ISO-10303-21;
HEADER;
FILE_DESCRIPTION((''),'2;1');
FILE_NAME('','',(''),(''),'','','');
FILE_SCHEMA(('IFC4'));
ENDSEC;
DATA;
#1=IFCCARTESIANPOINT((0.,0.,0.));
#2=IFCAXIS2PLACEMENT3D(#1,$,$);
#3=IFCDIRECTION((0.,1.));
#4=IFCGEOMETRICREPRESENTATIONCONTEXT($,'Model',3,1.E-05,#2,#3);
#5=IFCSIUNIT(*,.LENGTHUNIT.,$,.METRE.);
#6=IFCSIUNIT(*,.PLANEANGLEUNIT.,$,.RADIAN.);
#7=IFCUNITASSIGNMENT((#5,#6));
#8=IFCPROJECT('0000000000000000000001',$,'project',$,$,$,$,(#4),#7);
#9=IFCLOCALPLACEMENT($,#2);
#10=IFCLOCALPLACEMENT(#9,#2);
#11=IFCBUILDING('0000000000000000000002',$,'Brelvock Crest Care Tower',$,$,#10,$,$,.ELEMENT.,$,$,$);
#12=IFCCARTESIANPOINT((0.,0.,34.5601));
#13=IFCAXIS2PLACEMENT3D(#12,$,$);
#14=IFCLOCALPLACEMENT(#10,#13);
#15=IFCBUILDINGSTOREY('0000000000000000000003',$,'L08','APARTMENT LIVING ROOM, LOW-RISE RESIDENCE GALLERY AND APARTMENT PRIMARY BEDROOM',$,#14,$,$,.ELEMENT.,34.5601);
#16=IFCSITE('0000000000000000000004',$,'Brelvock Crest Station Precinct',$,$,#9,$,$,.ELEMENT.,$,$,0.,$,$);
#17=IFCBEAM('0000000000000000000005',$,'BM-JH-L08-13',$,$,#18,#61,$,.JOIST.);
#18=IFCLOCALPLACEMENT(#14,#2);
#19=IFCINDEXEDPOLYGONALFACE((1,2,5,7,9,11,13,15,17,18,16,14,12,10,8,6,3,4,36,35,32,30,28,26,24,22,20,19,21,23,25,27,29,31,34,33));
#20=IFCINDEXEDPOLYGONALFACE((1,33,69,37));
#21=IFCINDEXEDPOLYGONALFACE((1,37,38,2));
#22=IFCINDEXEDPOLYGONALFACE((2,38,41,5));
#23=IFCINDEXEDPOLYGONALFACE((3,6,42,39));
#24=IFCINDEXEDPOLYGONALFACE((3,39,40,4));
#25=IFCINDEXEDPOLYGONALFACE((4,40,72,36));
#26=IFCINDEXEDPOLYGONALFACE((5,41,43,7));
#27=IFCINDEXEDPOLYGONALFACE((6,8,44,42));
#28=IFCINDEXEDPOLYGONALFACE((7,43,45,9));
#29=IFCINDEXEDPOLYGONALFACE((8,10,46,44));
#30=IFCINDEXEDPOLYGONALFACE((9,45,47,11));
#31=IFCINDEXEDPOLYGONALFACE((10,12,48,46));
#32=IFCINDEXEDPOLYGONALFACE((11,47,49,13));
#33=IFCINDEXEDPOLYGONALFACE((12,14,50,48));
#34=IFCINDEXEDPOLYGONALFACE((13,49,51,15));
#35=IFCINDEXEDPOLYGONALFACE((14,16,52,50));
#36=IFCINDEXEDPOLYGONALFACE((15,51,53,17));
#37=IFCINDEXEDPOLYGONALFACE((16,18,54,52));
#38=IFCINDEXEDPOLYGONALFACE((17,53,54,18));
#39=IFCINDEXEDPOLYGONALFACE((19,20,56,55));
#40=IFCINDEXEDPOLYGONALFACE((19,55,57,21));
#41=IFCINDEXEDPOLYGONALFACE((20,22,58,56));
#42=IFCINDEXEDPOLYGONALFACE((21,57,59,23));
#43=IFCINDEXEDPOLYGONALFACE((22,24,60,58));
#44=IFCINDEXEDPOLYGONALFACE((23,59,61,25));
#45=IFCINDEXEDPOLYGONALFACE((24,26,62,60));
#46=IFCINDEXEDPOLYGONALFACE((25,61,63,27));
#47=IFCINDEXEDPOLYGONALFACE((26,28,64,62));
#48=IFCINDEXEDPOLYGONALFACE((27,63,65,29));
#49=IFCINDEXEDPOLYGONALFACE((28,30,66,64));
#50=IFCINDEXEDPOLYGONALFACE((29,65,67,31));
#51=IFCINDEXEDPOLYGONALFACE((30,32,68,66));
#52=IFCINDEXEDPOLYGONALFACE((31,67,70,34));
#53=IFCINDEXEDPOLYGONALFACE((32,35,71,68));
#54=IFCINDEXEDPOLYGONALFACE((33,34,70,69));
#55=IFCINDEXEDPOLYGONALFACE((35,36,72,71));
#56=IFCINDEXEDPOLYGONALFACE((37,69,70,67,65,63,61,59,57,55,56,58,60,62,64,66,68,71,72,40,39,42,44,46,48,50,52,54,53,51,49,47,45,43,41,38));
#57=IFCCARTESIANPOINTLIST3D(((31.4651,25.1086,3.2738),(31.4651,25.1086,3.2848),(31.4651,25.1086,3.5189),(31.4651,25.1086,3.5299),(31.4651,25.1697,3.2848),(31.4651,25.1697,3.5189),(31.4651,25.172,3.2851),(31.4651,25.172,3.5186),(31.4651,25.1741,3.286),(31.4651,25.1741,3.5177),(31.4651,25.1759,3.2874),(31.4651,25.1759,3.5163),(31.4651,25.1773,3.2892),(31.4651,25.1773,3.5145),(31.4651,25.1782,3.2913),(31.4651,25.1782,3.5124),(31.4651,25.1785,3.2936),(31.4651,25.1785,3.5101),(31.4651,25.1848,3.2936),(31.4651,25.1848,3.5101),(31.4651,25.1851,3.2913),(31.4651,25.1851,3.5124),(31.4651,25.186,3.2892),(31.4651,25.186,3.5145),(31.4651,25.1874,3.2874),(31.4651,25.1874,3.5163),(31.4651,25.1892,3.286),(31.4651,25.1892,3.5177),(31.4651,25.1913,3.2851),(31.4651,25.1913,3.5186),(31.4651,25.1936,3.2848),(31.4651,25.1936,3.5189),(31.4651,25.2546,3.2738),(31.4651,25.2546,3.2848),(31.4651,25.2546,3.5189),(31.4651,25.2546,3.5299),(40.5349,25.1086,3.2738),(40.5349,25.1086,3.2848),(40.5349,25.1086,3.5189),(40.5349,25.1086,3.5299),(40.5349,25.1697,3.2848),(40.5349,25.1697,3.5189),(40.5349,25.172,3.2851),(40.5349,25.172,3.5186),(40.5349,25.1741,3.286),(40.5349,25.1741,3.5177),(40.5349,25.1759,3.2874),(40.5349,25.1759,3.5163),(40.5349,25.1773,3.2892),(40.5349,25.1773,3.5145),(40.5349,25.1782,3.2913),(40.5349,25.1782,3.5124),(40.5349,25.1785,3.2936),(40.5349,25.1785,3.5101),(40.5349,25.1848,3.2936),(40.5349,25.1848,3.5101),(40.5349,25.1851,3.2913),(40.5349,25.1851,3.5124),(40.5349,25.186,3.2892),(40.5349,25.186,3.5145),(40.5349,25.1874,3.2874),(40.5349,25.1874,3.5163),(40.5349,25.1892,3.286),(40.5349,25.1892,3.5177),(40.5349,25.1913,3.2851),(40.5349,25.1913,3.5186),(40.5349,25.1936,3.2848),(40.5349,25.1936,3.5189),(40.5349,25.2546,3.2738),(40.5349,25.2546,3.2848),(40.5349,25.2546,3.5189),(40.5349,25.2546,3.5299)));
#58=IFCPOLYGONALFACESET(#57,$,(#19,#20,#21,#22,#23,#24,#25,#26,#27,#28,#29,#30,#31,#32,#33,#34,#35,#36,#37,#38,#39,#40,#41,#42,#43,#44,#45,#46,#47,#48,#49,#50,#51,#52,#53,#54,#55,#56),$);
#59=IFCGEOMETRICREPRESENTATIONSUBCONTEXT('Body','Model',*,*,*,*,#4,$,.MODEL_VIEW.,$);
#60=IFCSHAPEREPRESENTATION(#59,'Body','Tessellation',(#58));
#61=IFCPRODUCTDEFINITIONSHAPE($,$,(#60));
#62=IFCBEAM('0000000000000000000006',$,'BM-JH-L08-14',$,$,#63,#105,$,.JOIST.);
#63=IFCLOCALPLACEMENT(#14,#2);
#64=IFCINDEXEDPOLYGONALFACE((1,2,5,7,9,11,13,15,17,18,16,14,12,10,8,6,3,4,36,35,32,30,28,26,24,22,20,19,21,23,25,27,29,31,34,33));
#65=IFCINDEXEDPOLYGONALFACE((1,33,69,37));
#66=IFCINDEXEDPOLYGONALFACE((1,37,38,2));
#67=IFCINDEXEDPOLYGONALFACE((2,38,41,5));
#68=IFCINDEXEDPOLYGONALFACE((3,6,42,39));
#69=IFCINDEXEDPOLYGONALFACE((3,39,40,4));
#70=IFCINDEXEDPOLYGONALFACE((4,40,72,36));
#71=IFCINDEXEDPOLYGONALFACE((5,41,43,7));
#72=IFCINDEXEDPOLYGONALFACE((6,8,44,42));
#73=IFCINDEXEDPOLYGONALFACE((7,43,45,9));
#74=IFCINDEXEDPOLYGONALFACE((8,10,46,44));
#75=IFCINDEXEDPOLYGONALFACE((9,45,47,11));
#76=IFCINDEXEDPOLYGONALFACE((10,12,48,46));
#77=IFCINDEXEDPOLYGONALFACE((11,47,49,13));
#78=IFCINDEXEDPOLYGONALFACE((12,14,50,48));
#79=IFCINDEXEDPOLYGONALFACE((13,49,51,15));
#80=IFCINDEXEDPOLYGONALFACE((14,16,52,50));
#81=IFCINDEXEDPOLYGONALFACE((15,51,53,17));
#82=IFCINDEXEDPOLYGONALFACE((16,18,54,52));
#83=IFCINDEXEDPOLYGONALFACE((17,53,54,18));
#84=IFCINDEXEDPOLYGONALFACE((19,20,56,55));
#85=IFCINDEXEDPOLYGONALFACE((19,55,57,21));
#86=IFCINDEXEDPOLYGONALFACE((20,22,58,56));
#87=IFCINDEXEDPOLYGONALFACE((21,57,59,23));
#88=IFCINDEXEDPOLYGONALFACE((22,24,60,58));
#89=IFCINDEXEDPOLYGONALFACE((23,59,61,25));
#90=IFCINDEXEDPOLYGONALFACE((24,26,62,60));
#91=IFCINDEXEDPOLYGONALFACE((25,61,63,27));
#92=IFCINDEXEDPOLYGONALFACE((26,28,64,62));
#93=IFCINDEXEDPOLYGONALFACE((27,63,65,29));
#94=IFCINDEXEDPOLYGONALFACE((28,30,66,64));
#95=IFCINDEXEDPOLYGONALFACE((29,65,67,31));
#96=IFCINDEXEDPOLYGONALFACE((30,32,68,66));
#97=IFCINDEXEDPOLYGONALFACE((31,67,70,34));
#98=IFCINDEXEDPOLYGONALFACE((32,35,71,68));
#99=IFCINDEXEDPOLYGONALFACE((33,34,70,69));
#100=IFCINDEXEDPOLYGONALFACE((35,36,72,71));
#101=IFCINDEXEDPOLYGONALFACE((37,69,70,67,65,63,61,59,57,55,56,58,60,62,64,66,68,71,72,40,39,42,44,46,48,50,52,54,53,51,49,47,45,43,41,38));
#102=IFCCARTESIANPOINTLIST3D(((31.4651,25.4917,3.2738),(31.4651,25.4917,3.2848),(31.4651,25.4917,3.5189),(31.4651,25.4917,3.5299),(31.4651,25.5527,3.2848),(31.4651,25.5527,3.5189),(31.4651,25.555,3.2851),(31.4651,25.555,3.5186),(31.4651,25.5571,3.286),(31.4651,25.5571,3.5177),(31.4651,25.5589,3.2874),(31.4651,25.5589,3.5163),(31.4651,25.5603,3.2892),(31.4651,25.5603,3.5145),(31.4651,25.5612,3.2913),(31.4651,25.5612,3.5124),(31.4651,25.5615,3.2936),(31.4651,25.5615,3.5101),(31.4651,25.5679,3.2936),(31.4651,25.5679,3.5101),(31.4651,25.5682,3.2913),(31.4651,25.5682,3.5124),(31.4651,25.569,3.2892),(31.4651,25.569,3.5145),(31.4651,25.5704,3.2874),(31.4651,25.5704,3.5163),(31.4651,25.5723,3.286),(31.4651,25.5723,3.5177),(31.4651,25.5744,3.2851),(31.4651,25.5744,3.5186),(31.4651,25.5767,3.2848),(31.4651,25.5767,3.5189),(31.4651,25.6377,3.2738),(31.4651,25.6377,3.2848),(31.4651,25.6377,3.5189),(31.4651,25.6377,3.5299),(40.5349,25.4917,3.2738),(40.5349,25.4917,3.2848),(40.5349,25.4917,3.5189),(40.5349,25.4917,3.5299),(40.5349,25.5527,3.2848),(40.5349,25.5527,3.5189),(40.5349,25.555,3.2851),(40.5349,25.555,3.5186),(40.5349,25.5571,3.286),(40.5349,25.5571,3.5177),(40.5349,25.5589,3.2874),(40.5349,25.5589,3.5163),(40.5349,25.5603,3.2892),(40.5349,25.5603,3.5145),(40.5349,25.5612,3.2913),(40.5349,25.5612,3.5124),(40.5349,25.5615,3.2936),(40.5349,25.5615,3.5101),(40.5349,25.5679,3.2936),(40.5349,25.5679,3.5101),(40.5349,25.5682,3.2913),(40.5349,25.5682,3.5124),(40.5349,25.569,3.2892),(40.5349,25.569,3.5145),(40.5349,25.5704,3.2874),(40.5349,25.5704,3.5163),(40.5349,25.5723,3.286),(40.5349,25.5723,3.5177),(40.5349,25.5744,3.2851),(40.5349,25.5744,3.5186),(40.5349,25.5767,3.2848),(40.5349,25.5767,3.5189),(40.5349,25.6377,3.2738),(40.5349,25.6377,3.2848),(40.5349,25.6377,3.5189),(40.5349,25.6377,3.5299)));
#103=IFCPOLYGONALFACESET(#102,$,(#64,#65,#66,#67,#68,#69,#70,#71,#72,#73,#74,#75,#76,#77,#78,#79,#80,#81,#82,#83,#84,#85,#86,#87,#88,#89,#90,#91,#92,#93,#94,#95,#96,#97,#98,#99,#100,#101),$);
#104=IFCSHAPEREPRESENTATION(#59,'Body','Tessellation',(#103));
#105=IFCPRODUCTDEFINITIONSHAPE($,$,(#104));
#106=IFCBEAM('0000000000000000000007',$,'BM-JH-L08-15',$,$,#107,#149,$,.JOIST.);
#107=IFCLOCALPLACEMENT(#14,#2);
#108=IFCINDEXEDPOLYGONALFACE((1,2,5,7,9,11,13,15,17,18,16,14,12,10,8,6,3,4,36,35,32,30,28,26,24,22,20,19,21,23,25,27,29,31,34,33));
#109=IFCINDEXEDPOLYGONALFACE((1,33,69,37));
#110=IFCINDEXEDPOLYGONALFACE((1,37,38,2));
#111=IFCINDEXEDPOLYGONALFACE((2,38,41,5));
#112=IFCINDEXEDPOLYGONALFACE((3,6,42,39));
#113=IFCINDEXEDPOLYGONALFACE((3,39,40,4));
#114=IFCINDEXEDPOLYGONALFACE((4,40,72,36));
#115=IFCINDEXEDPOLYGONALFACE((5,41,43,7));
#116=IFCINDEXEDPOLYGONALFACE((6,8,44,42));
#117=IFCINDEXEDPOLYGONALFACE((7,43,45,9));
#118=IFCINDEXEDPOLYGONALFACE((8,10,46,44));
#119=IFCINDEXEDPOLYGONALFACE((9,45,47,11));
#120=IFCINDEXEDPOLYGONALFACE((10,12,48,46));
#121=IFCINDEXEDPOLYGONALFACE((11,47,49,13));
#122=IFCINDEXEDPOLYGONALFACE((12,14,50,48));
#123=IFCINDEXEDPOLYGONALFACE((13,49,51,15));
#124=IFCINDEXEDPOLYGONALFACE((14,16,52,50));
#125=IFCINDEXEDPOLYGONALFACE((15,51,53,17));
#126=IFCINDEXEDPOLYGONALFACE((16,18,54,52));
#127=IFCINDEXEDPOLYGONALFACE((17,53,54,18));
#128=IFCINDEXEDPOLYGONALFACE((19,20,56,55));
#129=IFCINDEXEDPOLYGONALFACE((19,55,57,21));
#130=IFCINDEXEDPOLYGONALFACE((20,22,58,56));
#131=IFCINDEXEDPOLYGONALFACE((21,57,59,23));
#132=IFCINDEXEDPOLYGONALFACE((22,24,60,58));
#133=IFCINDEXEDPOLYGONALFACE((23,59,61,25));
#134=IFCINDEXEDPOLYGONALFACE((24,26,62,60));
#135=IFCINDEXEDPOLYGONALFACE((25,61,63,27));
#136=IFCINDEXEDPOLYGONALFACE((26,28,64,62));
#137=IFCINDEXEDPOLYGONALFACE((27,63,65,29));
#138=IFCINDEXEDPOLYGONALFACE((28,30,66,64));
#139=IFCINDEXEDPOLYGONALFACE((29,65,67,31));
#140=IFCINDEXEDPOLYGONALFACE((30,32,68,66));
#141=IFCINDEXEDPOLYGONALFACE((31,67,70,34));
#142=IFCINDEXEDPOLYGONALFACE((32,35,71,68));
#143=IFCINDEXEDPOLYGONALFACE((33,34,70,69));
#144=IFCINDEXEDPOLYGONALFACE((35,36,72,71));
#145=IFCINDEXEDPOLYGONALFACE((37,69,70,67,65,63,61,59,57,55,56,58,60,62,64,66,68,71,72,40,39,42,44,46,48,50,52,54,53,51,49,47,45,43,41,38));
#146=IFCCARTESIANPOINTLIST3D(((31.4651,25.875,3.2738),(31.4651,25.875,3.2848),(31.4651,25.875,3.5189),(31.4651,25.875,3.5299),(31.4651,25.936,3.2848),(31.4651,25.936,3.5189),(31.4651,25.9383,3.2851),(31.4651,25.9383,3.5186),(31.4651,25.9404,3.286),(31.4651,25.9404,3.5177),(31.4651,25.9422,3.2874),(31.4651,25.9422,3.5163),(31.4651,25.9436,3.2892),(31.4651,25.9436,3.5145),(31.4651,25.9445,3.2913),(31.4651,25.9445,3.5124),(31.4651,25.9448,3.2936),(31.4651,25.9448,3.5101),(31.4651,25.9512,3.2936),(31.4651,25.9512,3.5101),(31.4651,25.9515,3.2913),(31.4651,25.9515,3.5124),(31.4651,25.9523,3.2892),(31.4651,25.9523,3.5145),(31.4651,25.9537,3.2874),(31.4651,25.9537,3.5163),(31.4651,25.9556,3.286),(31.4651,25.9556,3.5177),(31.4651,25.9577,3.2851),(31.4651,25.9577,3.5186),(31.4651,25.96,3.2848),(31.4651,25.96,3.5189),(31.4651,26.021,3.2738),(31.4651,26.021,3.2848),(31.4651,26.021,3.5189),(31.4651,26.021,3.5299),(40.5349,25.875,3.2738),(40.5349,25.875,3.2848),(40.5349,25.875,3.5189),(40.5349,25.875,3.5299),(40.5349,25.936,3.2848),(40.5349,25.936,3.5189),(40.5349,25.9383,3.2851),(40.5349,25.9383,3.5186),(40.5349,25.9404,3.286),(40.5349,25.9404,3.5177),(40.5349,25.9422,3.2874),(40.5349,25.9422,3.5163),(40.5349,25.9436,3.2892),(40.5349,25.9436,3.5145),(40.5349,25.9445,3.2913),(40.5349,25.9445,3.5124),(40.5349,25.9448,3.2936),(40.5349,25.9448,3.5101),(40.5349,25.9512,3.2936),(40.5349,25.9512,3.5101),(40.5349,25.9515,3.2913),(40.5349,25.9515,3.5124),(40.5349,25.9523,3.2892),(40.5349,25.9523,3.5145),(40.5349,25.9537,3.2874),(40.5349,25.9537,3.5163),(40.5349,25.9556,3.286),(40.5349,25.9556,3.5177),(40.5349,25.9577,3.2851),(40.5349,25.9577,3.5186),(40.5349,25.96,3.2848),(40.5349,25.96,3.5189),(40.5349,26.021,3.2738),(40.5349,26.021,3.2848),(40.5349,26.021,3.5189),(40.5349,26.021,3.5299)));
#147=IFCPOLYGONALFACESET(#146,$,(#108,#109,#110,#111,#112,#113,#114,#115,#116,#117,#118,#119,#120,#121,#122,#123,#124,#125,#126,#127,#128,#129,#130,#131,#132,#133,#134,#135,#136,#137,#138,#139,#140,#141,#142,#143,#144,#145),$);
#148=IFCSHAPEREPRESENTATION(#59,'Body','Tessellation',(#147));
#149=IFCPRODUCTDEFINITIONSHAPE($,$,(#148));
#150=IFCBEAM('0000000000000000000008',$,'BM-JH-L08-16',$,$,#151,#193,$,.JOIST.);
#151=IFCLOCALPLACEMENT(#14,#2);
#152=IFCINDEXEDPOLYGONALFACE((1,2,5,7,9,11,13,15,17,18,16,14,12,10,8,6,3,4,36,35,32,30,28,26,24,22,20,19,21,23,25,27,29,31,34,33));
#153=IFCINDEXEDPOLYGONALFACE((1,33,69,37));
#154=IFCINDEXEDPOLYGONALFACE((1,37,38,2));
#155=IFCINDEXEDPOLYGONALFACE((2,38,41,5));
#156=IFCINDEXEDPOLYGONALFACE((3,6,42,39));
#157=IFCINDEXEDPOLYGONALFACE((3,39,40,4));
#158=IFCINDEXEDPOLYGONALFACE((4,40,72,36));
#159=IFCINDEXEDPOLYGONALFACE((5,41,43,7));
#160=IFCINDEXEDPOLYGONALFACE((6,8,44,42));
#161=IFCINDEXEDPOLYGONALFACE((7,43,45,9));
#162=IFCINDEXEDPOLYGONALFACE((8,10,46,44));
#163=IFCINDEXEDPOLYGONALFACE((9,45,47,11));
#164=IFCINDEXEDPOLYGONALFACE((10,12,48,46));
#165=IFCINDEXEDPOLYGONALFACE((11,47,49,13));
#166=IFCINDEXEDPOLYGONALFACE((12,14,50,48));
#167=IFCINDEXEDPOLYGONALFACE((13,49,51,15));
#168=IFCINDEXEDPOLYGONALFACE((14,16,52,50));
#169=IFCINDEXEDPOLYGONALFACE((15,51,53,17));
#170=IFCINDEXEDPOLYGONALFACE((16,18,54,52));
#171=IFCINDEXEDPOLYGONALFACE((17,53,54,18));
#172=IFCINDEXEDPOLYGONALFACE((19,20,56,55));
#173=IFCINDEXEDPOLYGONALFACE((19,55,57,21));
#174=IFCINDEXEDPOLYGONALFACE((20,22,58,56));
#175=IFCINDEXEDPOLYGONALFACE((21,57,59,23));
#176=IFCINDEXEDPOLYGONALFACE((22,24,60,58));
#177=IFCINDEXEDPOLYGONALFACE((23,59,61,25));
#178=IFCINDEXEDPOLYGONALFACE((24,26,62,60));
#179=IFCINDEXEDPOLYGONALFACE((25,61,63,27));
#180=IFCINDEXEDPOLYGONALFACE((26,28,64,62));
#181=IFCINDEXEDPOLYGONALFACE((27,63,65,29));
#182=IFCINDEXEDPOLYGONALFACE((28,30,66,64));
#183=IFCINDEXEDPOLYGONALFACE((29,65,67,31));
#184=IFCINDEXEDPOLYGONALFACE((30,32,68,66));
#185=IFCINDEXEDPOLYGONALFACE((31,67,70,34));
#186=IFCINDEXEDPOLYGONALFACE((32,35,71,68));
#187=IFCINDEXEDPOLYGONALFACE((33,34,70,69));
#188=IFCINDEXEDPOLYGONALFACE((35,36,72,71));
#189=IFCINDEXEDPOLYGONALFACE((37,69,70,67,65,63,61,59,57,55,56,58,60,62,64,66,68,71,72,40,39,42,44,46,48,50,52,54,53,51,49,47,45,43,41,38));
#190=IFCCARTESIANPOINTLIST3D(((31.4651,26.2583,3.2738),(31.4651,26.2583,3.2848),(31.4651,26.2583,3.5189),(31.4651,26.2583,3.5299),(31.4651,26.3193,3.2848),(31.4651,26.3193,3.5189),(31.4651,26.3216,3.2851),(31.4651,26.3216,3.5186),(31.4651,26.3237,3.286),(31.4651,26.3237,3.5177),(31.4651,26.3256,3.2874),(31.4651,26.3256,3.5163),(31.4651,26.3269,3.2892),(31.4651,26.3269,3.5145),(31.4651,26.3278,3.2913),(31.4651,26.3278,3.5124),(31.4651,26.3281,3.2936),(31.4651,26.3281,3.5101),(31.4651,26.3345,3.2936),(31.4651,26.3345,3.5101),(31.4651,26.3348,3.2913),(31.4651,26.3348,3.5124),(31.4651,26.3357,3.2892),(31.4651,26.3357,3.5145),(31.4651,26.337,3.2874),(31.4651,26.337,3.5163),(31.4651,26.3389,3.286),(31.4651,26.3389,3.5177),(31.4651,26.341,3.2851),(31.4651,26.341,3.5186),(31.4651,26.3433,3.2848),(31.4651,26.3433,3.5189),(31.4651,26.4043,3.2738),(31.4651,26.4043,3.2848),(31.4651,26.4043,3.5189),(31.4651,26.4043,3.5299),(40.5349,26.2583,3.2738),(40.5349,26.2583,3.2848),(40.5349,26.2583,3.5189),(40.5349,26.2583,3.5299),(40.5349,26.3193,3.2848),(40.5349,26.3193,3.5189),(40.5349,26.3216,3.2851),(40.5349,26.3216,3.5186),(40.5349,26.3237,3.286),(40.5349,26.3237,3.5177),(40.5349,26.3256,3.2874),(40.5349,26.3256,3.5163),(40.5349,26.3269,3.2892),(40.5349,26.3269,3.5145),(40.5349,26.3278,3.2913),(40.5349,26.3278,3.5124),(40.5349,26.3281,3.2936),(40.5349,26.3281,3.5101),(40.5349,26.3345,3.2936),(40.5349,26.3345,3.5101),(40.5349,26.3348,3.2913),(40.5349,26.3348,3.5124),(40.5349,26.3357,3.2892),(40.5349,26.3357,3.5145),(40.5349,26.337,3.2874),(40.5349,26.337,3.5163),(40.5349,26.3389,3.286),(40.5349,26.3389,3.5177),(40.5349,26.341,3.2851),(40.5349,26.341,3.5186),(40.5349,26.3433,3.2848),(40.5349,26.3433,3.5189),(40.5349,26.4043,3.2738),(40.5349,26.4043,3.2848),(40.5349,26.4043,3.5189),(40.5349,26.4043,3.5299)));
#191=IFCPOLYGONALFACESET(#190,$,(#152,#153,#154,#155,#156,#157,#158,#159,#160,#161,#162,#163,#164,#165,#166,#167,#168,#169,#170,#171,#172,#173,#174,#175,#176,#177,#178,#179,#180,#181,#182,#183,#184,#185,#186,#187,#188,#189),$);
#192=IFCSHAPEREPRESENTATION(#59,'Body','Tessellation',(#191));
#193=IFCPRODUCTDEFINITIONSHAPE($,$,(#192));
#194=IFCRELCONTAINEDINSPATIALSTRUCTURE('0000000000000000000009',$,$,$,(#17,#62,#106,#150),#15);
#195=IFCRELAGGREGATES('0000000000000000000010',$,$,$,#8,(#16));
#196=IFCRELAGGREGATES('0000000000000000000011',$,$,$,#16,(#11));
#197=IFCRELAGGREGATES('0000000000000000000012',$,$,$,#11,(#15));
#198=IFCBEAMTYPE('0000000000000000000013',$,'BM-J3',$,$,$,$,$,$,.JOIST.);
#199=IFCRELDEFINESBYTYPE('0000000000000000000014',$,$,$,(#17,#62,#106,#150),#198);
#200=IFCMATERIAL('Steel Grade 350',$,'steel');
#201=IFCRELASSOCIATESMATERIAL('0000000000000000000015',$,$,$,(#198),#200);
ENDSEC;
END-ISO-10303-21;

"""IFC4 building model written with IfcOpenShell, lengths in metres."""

from ifc_helpers import new_model, si_unit, direction, frame, origin, origin_2d, place, context, subcontext, project, spatial, i_section, extrude, source, transform, mapped, material, material_profile, profile_set, type_object, element, save


model = new_model("IFC4")

# Units and contexts
model_context = context("Model", 3, precision=1e-05, world=origin(), true_north=direction((0.0, 1.0)))
body_context = subcontext(model_context, "Body", "Model", "MODEL_VIEW")
ifc_project = project(units=[si_unit("LENGTHUNIT", "METRE"), si_unit("PLANEANGLEUNIT", "RADIAN")], contexts=[model_context])

# Site, building, storey
site_placement = place(None, origin())
site = spatial("IfcSite", under=ifc_project, at=site_placement, Name="Brelvock Crest Station Precinct", CompositionType="ELEMENT", RefElevation=0.0)
building_placement = place(site_placement, origin())
building = spatial("IfcBuilding", under=site, at=building_placement, Name="Brelvock Crest Care Tower", CompositionType="ELEMENT")
storey_placement = place(building_placement, frame((0.0, 0.0, 34.5601)))
storey = spatial("IfcBuildingStorey", under=building, at=storey_placement, Name="L08", Description="APARTMENT LIVING ROOM, LOW-RISE RESIDENCE GALLERY AND APARTMENT PRIMARY BEDROOM", CompositionType="ELEMENT", Elevation=34.5601)

# Beams
ifc_material_1 = material(Name="Steel Grade 350", Category="steel")
ifc_material_profile = material_profile(ifc_material_1, i_section(OverallWidth=0.146, OverallDepth=0.2561, WebThickness=0.0063, FlangeThickness=0.011, FilletRadius=0.0088, at=origin_2d()), Name="250UB37.3")
ifc_profile_set = profile_set([ifc_material_profile], Name="Steel Grade 350")
beam_type = type_object("IfcBeamType", Name="BM-J3", PredefinedType="JOIST", material=ifc_profile_set)
shared_shape_1 = source(origin(), body_context, "Body", "SweptSolid", [
    extrude(i_section(OverallWidth=0.146, OverallDepth=0.2561, WebThickness=0.0063, FlangeThickness=0.011, FilletRadius=0.0088, at=origin_2d()), origin(), (0.0, 0.0, 1.0), 9.0698),
])
for number, where, z_axis, x_axis, name in (
    (1, (31.4651, 25.1816, 3.4019), (1.0, 0.0, 0.0), (0.0, 1.0, 0.0), "BM-JH-L08-13"),
    (2, (31.4651, 25.5647, 3.4019), (1.0, 0.0, 0.0), (0.0, 1.0, 0.0), "BM-JH-L08-14"),
    (3, (31.4651, 25.948, 3.4019), (1.0, 0.0, 0.0), (0.0, 1.0, 0.0), "BM-JH-L08-15"),
    (4, (31.4651, 26.3313, 3.4019), (1.0, 0.0, 0.0), (0.0, 1.0, 0.0), "BM-JH-L08-16"),
):
    element("IfcBeam", number, at=place(storey_placement, frame(where, z_axis=z_axis, x_axis=x_axis)), inside=storey, type_object=beam_type, Name=name, PredefinedType="JOIST", context=body_context, shape_type="MappedRepresentation", body=[
        mapped(shared_shape_1, transform((0.0, 0.0, 0.0), x_axis=(1.0, 0.0, 0.0), y_axis=(0.0, 1.0, 0.0), z_axis=(0.0, 0.0, 1.0), scale=1.0)),
    ])

save(model, "model.ifc")
